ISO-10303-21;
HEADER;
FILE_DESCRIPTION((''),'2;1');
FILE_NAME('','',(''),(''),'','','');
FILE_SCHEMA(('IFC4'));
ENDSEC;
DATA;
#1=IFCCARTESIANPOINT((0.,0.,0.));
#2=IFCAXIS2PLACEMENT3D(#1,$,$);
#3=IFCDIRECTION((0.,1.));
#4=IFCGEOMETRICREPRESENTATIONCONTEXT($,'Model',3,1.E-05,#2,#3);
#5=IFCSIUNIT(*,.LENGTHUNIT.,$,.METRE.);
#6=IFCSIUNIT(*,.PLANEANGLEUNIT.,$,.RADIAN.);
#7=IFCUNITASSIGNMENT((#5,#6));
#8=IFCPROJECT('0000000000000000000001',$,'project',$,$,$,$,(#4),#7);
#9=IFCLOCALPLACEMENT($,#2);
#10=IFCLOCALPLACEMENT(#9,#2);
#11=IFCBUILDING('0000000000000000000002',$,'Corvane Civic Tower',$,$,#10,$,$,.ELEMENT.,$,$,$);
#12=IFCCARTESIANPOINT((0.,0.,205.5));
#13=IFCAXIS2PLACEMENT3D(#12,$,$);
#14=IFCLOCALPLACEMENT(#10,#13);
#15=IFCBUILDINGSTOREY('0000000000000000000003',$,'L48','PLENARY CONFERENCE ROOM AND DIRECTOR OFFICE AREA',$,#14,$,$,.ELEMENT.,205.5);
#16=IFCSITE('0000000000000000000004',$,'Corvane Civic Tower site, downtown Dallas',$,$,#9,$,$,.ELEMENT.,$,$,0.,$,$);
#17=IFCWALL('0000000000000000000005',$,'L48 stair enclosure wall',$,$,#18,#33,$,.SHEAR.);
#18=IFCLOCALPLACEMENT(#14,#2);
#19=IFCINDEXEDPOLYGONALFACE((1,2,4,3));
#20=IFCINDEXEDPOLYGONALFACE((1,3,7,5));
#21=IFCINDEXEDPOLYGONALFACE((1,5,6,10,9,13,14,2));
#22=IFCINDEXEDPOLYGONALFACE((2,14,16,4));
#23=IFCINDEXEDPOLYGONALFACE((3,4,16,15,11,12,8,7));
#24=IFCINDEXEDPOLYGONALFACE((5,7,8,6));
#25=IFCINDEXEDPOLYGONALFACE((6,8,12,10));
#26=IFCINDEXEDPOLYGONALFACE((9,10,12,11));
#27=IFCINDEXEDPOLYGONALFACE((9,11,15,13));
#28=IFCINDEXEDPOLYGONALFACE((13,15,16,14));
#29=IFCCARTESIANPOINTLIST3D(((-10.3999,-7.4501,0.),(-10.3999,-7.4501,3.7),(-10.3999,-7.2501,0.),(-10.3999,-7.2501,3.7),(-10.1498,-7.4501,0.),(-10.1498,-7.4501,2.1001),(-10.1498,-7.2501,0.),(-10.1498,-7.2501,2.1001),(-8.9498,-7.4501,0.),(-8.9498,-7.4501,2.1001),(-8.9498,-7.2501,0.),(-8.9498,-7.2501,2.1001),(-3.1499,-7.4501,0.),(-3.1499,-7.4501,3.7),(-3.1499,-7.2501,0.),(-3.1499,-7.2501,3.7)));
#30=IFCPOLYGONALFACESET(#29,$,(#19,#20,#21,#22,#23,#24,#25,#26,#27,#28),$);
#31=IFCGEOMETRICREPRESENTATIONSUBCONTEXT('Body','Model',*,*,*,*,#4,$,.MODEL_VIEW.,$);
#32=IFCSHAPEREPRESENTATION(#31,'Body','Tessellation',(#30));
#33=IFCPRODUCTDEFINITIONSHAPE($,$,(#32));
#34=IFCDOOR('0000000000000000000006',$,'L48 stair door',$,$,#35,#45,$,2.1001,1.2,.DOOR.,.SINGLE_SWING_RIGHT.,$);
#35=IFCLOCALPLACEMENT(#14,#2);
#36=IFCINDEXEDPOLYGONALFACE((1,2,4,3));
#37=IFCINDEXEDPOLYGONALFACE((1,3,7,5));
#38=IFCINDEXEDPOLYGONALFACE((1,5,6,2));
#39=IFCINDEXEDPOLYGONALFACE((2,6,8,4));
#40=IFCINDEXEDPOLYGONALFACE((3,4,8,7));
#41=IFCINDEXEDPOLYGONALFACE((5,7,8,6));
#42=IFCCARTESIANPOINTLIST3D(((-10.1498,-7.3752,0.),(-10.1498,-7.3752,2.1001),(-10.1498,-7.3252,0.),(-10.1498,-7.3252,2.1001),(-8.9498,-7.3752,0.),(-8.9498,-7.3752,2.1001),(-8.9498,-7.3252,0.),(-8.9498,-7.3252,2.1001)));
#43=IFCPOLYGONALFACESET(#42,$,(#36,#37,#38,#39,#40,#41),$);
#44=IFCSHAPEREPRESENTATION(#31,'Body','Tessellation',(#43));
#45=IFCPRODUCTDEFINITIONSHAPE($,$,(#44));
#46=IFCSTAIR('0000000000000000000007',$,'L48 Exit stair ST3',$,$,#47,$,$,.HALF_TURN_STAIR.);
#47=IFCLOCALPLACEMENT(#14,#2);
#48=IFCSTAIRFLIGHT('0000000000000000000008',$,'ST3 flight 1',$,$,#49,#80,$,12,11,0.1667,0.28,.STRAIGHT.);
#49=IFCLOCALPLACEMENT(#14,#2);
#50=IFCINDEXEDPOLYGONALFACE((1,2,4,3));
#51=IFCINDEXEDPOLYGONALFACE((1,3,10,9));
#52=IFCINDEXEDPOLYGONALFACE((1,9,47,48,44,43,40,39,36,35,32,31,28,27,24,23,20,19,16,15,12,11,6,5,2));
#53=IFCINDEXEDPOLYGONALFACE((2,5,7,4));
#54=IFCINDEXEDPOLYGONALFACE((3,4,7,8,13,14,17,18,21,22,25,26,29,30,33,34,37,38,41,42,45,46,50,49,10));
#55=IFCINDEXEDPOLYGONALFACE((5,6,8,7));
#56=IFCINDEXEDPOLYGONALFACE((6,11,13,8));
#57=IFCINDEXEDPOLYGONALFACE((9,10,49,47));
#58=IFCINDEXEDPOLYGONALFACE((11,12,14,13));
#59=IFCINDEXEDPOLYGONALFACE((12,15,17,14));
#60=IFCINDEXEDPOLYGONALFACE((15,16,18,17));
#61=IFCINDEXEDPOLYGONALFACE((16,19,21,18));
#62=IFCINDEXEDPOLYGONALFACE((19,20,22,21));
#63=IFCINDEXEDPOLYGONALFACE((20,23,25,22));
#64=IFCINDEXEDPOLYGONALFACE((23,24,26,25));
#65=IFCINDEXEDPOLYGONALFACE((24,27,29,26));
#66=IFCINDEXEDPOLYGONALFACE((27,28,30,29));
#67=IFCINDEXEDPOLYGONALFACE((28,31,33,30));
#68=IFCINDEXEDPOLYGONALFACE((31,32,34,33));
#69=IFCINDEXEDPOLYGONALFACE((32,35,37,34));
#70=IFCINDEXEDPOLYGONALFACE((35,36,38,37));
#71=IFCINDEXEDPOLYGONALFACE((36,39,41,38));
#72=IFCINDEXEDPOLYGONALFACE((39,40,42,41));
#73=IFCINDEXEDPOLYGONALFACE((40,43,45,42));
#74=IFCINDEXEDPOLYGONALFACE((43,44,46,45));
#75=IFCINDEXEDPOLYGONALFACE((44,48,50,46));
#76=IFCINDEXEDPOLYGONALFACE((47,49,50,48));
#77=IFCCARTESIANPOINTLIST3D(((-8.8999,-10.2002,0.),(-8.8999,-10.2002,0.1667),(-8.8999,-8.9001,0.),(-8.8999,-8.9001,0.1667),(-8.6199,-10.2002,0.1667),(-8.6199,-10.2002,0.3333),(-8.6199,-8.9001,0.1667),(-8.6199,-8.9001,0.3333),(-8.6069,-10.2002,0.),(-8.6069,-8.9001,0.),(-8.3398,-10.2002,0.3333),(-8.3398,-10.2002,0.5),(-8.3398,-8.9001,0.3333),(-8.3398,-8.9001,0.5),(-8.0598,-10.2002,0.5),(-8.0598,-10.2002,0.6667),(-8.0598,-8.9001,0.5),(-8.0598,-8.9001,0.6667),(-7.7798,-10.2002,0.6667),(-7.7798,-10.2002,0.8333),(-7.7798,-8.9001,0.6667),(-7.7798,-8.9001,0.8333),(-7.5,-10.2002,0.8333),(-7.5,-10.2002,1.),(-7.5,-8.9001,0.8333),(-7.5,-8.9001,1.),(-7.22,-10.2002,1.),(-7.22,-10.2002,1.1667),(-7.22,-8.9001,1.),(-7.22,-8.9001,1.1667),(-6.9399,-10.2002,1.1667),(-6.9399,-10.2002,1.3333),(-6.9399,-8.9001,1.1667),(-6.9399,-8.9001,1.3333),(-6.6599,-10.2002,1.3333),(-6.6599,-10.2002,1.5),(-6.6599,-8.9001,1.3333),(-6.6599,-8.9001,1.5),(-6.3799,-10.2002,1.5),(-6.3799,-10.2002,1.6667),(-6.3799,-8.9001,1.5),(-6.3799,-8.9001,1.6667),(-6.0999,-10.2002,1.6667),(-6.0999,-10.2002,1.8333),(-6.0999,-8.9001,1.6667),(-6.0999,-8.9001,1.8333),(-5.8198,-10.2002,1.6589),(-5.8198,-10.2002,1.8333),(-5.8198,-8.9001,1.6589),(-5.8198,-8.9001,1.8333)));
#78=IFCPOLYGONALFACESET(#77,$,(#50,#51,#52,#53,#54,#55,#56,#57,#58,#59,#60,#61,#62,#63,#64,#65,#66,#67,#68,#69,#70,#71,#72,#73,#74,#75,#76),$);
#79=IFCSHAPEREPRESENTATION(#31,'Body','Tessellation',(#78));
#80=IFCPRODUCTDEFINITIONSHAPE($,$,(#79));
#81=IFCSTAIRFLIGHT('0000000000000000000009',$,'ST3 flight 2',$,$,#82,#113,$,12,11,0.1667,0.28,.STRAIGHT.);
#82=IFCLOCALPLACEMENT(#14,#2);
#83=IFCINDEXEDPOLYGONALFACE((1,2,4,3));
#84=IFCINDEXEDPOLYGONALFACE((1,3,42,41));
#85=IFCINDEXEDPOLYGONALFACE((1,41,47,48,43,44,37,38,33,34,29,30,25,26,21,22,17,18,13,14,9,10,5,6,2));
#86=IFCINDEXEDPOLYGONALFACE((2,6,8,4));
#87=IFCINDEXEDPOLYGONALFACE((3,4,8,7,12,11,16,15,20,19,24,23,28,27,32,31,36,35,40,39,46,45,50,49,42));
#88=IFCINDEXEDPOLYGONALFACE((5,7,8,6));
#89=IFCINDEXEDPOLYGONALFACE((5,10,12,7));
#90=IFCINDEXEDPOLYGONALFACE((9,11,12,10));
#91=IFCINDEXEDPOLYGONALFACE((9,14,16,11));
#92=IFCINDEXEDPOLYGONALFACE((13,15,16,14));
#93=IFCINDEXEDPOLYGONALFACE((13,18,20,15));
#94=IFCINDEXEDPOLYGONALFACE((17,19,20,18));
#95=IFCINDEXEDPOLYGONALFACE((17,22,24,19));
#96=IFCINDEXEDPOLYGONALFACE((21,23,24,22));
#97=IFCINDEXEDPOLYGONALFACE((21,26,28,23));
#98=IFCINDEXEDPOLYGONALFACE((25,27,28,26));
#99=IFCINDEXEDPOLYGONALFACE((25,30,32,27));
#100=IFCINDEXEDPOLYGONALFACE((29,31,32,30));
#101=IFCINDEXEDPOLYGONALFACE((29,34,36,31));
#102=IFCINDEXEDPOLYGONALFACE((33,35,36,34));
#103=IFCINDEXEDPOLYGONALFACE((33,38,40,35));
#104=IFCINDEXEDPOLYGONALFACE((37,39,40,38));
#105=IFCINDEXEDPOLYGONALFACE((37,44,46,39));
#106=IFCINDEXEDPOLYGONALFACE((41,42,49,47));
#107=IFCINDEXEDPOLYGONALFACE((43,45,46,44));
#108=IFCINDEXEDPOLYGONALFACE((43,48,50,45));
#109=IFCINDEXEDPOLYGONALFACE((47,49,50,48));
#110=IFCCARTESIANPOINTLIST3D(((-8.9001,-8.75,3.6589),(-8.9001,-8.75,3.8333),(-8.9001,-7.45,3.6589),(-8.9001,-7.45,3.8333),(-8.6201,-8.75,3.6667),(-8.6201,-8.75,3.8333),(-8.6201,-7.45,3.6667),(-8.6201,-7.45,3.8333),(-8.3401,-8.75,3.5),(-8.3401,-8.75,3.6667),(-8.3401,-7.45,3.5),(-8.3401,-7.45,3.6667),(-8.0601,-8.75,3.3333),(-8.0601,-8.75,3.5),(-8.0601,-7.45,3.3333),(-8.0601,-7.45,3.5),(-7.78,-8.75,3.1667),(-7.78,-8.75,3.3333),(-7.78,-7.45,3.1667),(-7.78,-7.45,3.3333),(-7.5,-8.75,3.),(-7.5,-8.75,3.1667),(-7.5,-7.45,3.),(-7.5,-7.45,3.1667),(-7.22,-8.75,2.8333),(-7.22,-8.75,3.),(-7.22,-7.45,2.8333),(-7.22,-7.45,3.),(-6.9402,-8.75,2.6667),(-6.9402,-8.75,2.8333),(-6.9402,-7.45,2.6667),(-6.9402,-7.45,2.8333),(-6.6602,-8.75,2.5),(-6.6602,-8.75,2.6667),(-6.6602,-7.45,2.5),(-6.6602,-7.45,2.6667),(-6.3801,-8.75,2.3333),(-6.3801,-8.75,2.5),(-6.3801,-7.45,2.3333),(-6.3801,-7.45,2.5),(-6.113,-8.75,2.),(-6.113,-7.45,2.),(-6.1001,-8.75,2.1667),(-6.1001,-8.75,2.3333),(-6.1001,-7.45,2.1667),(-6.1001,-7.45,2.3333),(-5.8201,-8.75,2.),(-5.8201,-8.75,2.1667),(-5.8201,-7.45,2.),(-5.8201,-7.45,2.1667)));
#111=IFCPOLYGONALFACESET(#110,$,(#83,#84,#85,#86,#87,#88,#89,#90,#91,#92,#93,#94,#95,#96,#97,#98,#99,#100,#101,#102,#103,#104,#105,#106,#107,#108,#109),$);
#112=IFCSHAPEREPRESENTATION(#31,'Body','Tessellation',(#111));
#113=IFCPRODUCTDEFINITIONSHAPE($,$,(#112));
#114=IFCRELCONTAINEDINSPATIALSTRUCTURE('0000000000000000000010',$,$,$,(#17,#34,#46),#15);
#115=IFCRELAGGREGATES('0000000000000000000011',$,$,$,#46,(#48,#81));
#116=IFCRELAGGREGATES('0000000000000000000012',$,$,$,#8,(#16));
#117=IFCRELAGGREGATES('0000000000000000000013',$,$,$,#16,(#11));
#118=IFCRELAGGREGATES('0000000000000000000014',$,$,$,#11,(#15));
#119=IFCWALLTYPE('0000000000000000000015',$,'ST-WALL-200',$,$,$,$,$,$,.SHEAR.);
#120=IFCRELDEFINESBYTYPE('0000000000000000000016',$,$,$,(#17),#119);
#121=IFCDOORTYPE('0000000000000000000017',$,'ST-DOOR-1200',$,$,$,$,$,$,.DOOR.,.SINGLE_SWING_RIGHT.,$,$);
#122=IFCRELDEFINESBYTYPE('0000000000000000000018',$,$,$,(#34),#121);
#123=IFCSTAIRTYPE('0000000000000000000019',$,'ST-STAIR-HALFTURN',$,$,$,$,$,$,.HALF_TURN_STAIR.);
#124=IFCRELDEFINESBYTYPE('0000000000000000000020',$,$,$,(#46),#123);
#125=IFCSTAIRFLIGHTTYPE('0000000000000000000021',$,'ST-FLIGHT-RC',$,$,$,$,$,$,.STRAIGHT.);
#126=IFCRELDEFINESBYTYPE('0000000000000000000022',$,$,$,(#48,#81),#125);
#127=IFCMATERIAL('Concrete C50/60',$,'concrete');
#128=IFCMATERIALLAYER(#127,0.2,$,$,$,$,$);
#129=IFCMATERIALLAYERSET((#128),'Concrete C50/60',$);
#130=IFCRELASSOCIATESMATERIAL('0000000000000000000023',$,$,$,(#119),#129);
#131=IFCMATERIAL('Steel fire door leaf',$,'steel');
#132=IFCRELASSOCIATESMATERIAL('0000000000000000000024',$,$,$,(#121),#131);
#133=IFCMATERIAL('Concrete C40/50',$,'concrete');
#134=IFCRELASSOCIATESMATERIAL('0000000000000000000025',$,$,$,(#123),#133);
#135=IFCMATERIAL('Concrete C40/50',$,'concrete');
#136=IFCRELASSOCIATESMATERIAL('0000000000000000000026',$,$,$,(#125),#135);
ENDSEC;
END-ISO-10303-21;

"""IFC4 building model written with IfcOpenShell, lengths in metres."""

from ifc_helpers import new_model, si_unit, direction, frame, frame_2d, origin, place, context, subcontext, project, spatial, polyline, rectangle, outline, extrude, material, layer, layer_set, type_object, element, fill, aggregate, save


model = new_model("IFC4")

# Units and contexts
model_context = context("Model", 3, precision=1e-05, world=origin(), true_north=direction((0.0, 1.0)))
body_context = subcontext(model_context, "Body", "Model", "MODEL_VIEW")
ifc_project = project(units=[si_unit("LENGTHUNIT", "METRE"), si_unit("PLANEANGLEUNIT", "RADIAN")], contexts=[model_context])

# Site, building, storey
site_placement = place(None, origin())
site = spatial("IfcSite", under=ifc_project, at=site_placement, Name="Corvane Civic Tower site, downtown Dallas", CompositionType="ELEMENT", RefElevation=0.0)
building_placement = place(site_placement, origin())
building = spatial("IfcBuilding", under=site, at=building_placement, Name="Corvane Civic Tower", CompositionType="ELEMENT")
storey_placement = place(building_placement, frame((0.0, 0.0, 205.5)))
storey = spatial("IfcBuildingStorey", under=building, at=storey_placement, Name="L48", Description="PLENARY CONFERENCE ROOM AND DIRECTOR OFFICE AREA", CompositionType="ELEMENT", Elevation=205.5)

# Wall, opening, door
ifc_material_1 = material(Name="Concrete C50/60", Category="concrete")
ifc_layer_1 = layer(ifc_material_1, 0.2)
ifc_layer_set_1 = layer_set([ifc_layer_1], Name="Concrete C50/60")
wall_type_1 = type_object("IfcWallType", Name="ST-WALL-200", PredefinedType="SHEAR", material=ifc_layer_set_1)
wall_1_placement = place(storey_placement, frame((-10.3999, -7.3501, 0.0), z_axis=(0.0, 0.0, 1.0), x_axis=(1.0, 0.0, 0.0)))
wall_1 = element("IfcWall", 1, at=wall_1_placement, inside=storey, type_object=wall_type_1, Name="L48 stair enclosure wall", PredefinedType="SHEAR", context=body_context, shape_type="SweptSolid", body=[
    extrude(rectangle(XDim=7.25, YDim=0.2, at=frame_2d((3.625, 0.0))), origin(), (0.0, 0.0, 1.0), 3.7),
])
opening_1_placement = place(wall_1_placement, frame((0.25, 0.0, 0.0)))
opening_1 = element("IfcOpeningElement", 2, at=opening_1_placement, cuts=wall_1, PredefinedType="OPENING", context=body_context, shape_type="SweptSolid", body=[
    extrude(rectangle(XDim=1.2, YDim=2.1001, at=frame_2d((0.6001, 1.05))), frame((0.0, 0.1099, 0.0), z_axis=(0.0, -1.0, 0.0), x_axis=(1.0, 0.0, 0.0)), (0.0, 0.0, 1.0), 0.22),
])
ifc_material_2 = material(Name="Steel fire door leaf", Category="steel")
door_type_1 = type_object("IfcDoorType", Name="ST-DOOR-1200", OperationType="SINGLE_SWING_RIGHT", PredefinedType="DOOR", material=ifc_material_2)
door_1_placement = place(opening_1_placement, origin())
door_1 = element("IfcDoor", 3, at=door_1_placement, inside=storey, type_object=door_type_1, Name="L48 stair door", OperationType="SINGLE_SWING_RIGHT", OverallHeight=2.1001, OverallWidth=1.2, PredefinedType="DOOR", context=body_context, shape_type="SweptSolid", body=[
    extrude(rectangle(XDim=1.2, YDim=2.1001, at=frame_2d((0.6001, 1.05))), frame((0.0, 0.0249, 0.0), z_axis=(0.0, -1.0, 0.0), x_axis=(1.0, 0.0, 0.0)), (0.0, 0.0, 1.0), 0.05),
])
fill(opening_1, door_1)

# Stair, stair flights
ifc_material_3 = material(Name="Concrete C40/50", Category="concrete")
stair_type = type_object("IfcStairType", Name="ST-STAIR-HALFTURN", PredefinedType="HALF_TURN_STAIR", material=ifc_material_3)
stair_placement = place(storey_placement, origin())
stair = element("IfcStair", 4, at=stair_placement, inside=storey, type_object=stair_type, Name="L48 Exit stair ST3", PredefinedType="HALF_TURN_STAIR")
ifc_material_4 = material(Name="Concrete C40/50", Category="concrete")
stair_flight_type = type_object("IfcStairFlightType", Name="ST-FLIGHT-RC", PredefinedType="STRAIGHT", material=ifc_material_4)
stair_flight_1_placement = place(storey_placement, frame((-8.8999, -9.55, 0.0), z_axis=(0.0, 0.0, 1.0), x_axis=(1.0, 0.0, 0.0)))
stair_flight_1 = element("IfcStairFlight", 5, at=stair_flight_1_placement, type_object=stair_flight_type, Name="ST3 flight 1", NumberOfRisers=12, NumberOfTreads=11, PredefinedType="STRAIGHT", RiserHeight=0.1667, TreadLength=0.28, context=body_context, shape_type="SweptSolid", body=[
    extrude(outline(polyline([(0.0, 0.0), (0.0, 0.1667), (0.28, 0.1667), (0.28, 0.3333), (0.5601, 0.3333), (0.5601, 0.5), (0.8401, 0.5), (0.8401, 0.6667), (1.1201, 0.6667), (1.1201, 0.8333), (1.3999, 0.8333), (1.3999, 1.0), (1.6799, 1.0), (1.6799, 1.1667), (1.96, 1.1667), (1.96, 1.3333), (2.24, 1.3333), (2.24, 1.5), (2.52, 1.5), (2.52, 1.6667), (2.8, 1.6667), (2.8, 1.8333), (3.0801, 1.8333), (3.0801, 2.0), (3.0801, 1.6589), (0.293, 0.0), (0.0, 0.0)])), frame((0.0, 0.6499, 0.0), z_axis=(0.0, -1.0, 0.0), x_axis=(1.0, 0.0, 0.0)), (0.0, 0.0, 1.0), 1.3),
])
stair_flight_2_placement = place(storey_placement, frame((-5.8201, -8.1001, 2.0), z_axis=(0.0, 0.0, 1.0), x_axis=(-1.0, 0.0, 0.0)))
stair_flight_2 = element("IfcStairFlight", 6, at=stair_flight_2_placement, type_object=stair_flight_type, Name="ST3 flight 2", NumberOfRisers=12, NumberOfTreads=11, PredefinedType="STRAIGHT", RiserHeight=0.1667, TreadLength=0.28, context=body_context, shape_type="SweptSolid", body=[
    extrude(outline(polyline([(0.0, 0.0), (0.0, 0.1667), (0.28, 0.1667), (0.28, 0.3333), (0.5601, 0.3333), (0.5601, 0.5), (0.8401, 0.5), (0.8401, 0.6667), (1.1201, 0.6667), (1.1201, 0.8333), (1.3999, 0.8333), (1.3999, 1.0), (1.6799, 1.0), (1.6799, 1.1667), (1.96, 1.1667), (1.96, 1.3333), (2.24, 1.3333), (2.24, 1.5), (2.52, 1.5), (2.52, 1.6667), (2.8, 1.6667), (2.8, 1.8333), (3.0801, 1.8333), (3.0801, 2.0), (3.0801, 1.6589), (0.293, 0.0), (0.0, 0.0)])), frame((0.0, 0.6499, 0.0), z_axis=(0.0, -1.0, 0.0), x_axis=(1.0, 0.0, 0.0)), (0.0, 0.0, 1.0), 1.3),
])
aggregate(stair, [stair_flight_1, stair_flight_2])

save(model, "model.ifc")
